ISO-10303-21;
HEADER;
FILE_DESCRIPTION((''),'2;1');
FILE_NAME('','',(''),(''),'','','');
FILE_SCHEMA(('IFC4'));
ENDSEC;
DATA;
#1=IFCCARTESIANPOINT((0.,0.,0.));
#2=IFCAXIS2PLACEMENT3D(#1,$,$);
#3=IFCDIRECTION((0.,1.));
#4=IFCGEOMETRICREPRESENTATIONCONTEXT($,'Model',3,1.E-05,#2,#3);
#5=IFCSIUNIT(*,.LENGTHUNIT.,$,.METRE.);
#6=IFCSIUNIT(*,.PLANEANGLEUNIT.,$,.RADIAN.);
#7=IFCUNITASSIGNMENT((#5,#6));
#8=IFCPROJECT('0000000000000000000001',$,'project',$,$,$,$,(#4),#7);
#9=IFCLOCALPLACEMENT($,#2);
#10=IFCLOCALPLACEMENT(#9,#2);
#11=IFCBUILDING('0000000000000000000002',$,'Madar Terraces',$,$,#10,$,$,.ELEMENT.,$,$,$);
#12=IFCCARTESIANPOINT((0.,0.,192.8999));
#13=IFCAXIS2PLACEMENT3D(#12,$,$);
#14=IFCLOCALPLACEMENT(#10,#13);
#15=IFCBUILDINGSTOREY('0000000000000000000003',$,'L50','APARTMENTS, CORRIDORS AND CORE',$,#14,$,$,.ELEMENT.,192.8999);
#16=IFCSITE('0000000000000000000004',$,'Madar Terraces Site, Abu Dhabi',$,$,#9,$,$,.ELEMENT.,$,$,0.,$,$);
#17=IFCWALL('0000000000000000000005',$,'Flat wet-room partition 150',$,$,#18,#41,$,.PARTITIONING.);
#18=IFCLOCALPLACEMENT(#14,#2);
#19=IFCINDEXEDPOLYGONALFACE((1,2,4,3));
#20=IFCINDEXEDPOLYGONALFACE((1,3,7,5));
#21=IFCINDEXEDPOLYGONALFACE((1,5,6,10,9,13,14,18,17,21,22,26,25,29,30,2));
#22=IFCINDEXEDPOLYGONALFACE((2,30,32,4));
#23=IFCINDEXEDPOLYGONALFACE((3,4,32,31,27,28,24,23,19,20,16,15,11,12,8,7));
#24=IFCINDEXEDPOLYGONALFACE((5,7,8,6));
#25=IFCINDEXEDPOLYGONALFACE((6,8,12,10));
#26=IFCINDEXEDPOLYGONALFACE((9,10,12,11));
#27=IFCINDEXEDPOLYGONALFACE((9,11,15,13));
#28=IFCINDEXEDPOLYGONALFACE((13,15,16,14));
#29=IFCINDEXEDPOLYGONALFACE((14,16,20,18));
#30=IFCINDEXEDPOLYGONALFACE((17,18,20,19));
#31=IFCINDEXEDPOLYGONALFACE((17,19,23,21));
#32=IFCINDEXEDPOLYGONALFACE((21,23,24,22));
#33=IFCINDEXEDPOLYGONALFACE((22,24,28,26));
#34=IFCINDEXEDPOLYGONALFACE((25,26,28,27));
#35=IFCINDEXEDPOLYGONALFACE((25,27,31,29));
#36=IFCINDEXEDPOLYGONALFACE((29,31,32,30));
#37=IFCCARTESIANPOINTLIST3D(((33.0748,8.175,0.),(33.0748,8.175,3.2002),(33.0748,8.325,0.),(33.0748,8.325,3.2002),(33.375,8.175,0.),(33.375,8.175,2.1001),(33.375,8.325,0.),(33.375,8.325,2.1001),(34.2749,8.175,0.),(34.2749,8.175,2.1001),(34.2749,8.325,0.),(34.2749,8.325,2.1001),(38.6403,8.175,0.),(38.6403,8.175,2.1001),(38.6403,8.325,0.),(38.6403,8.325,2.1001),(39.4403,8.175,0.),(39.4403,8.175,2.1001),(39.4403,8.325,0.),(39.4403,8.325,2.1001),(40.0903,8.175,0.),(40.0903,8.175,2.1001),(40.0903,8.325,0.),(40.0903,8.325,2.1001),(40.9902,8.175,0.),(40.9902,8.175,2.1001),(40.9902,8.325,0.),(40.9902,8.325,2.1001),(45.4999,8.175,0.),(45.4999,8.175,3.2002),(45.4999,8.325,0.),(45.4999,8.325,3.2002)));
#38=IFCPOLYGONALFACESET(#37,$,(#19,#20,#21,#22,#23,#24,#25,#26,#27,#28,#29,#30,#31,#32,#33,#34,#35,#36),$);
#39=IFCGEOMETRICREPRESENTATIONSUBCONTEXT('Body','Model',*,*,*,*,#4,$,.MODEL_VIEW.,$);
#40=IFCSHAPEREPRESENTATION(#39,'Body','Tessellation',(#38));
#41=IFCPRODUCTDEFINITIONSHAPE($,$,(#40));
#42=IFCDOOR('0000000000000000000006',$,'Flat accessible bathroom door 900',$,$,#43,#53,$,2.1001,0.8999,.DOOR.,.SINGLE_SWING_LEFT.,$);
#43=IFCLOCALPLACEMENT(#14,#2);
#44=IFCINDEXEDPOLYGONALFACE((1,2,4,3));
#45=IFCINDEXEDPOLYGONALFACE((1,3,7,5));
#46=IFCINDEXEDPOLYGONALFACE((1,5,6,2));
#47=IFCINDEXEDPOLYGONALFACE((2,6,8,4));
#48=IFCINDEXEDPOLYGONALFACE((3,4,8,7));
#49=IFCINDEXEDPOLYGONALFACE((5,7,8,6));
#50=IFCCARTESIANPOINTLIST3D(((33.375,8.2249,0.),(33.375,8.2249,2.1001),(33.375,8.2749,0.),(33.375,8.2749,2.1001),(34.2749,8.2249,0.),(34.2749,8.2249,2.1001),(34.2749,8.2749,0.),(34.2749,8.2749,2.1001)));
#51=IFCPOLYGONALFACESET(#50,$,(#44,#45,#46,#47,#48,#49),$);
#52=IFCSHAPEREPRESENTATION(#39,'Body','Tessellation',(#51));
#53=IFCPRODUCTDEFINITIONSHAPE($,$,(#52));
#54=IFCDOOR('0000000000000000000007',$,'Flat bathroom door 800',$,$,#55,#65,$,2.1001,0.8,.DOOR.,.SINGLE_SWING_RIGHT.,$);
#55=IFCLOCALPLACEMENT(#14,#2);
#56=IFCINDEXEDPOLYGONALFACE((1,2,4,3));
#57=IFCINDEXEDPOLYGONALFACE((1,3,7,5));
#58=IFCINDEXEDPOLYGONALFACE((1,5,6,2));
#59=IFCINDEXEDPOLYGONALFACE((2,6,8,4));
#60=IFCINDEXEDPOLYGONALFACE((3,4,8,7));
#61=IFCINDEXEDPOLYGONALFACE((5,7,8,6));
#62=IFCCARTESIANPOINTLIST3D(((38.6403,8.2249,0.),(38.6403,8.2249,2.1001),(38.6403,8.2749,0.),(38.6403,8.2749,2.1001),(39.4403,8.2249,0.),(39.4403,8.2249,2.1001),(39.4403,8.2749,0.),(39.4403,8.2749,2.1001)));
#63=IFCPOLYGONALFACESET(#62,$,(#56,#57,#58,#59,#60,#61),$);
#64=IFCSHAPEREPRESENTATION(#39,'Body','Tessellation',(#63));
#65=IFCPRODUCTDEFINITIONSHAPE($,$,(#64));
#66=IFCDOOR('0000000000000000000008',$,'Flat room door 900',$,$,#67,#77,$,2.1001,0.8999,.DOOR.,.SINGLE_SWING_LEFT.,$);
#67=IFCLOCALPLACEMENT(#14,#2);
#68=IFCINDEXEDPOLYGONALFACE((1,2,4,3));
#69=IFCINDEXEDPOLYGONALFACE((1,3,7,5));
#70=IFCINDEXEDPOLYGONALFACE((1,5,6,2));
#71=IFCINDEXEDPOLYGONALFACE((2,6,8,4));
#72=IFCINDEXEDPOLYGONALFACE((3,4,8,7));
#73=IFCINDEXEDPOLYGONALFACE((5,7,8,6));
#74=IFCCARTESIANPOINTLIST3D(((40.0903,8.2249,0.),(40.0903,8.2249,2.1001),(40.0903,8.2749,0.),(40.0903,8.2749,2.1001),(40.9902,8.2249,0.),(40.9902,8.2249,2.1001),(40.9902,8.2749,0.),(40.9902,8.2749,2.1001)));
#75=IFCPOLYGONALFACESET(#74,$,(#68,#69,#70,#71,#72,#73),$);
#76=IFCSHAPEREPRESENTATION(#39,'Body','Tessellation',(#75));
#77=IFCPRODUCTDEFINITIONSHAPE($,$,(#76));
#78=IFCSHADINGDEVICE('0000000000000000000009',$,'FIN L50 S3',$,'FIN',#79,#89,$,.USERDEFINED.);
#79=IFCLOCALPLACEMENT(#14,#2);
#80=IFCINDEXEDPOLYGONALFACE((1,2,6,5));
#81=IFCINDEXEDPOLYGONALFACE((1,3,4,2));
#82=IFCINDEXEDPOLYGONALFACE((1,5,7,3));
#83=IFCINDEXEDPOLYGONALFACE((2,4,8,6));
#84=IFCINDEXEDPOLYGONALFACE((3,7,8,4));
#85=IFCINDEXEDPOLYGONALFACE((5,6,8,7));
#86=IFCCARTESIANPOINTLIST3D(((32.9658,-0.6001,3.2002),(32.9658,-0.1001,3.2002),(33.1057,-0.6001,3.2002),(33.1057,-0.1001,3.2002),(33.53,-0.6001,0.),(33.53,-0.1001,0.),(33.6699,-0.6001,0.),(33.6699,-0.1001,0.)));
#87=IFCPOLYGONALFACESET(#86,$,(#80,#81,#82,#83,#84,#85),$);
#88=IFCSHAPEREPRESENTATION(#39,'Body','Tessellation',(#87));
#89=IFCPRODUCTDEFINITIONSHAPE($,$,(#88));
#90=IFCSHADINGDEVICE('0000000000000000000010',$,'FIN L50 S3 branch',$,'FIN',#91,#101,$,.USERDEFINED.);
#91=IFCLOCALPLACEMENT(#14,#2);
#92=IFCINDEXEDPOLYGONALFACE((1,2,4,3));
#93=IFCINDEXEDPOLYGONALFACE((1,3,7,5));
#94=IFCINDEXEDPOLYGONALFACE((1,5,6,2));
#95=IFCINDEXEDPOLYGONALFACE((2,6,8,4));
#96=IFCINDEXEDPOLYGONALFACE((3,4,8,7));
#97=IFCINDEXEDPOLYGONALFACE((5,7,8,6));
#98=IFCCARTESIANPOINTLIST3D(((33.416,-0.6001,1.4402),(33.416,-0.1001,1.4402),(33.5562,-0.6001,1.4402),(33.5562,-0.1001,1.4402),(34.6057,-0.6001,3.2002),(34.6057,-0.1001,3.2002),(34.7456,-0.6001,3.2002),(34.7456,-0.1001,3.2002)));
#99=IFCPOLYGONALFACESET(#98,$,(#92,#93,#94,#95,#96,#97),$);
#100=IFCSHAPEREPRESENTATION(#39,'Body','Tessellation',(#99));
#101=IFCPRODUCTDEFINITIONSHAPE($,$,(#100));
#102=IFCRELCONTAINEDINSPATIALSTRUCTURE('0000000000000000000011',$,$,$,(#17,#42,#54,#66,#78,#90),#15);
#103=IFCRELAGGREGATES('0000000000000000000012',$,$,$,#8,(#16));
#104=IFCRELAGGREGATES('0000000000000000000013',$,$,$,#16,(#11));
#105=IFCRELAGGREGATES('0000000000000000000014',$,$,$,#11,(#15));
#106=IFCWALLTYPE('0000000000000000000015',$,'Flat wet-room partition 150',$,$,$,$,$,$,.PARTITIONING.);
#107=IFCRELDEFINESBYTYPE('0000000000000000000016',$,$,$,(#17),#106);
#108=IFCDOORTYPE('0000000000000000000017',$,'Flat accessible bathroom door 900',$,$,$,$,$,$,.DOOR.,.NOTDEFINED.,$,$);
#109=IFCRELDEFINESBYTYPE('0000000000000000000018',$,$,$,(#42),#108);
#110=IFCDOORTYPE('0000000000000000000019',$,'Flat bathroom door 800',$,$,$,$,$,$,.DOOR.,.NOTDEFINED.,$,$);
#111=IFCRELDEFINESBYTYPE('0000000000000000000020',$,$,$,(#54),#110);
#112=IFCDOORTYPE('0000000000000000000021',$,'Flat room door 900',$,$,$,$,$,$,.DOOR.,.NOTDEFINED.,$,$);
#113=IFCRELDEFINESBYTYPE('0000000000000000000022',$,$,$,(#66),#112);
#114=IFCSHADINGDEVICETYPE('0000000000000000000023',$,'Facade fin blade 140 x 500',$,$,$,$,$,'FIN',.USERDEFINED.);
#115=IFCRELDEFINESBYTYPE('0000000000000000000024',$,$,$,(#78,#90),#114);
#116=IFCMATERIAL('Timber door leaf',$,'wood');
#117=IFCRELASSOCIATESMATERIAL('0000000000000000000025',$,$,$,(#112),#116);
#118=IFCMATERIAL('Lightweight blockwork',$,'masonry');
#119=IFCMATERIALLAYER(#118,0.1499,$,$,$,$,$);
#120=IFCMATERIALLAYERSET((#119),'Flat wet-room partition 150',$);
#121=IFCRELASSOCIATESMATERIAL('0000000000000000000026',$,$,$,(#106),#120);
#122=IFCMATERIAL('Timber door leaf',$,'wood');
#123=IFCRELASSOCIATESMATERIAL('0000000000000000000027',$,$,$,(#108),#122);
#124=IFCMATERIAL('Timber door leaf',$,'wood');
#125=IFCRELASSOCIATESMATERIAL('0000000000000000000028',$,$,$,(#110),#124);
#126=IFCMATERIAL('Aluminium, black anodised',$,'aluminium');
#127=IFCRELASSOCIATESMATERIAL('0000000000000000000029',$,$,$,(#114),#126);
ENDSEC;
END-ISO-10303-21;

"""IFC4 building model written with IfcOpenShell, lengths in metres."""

from ifc_helpers import new_model, si_unit, direction, frame, frame_2d, origin, place, context, subcontext, project, spatial, polyline, rectangle, outline, extrude, material, layer, layer_set, type_object, element, fill, save


model = new_model("IFC4")

# Units and contexts
model_context = context("Model", 3, precision=1e-05, world=origin(), true_north=direction((0.0, 1.0)))
body_context = subcontext(model_context, "Body", "Model", "MODEL_VIEW")
ifc_project = project(units=[si_unit("LENGTHUNIT", "METRE"), si_unit("PLANEANGLEUNIT", "RADIAN")], contexts=[model_context])

# Site, building, storey
site_placement = place(None, origin())
site = spatial("IfcSite", under=ifc_project, at=site_placement, Name="Madar Terraces Site, Abu Dhabi", CompositionType="ELEMENT", RefElevation=0.0)
building_placement = place(site_placement, origin())
building = spatial("IfcBuilding", under=site, at=building_placement, Name="Madar Terraces", CompositionType="ELEMENT")
storey_placement = place(building_placement, frame((0.0, 0.0, 192.8999)))
storey = spatial("IfcBuildingStorey", under=building, at=storey_placement, Name="L50", Description="APARTMENTS, CORRIDORS AND CORE", CompositionType="ELEMENT", Elevation=192.8999)

# Wall, openings, doors
ifc_material_1 = material(Name="Timber door leaf", Category="wood")
door_type_1 = type_object("IfcDoorType", Name="Flat room door 900", OperationType="NOTDEFINED", PredefinedType="DOOR", material=ifc_material_1)
ifc_material_2 = material(Name="Lightweight blockwork", Category="masonry")
ifc_layer_1 = layer(ifc_material_2, 0.1499)
ifc_layer_set_1 = layer_set([ifc_layer_1], Name="Flat wet-room partition 150")
wall_type_1 = type_object("IfcWallType", Name="Flat wet-room partition 150", PredefinedType="PARTITIONING", material=ifc_layer_set_1)
wall_1_placement = place(storey_placement, frame((33.075, 8.25, 0.0), z_axis=(0.0, 0.0, 1.0), x_axis=(1.0, 0.0, 0.0)))
wall_1 = element("IfcWall", 1, at=wall_1_placement, inside=storey, type_object=wall_type_1, Name="Flat wet-room partition 150", PredefinedType="PARTITIONING", context=body_context, shape_type="SweptSolid", body=[
    extrude(rectangle(XDim=12.425, YDim=0.1499, at=frame_2d((6.2124, 0.0))), origin(), (0.0, 0.0, 1.0), 3.2002),
])
opening_1_placement = place(wall_1_placement, frame((0.3, 0.0, 0.0)))
opening_1 = element("IfcOpeningElement", 2, at=opening_1_placement, cuts=wall_1, PredefinedType="OPENING", context=body_context, shape_type="SweptSolid", body=[
    extrude(rectangle(XDim=0.8999, YDim=2.1001, at=frame_2d((0.45, 1.05))), frame((0.0, 0.085, 0.0), z_axis=(0.0, -1.0, 0.0), x_axis=(1.0, 0.0, 0.0)), (0.0, 0.0, 1.0), 0.1699),
])
opening_2_placement = place(wall_1_placement, frame((5.5654, 0.0, 0.0)))
opening_2 = element("IfcOpeningElement", 3, at=opening_2_placement, cuts=wall_1, PredefinedType="OPENING", context=body_context, shape_type="SweptSolid", body=[
    extrude(rectangle(XDim=0.8, YDim=2.1001, at=frame_2d((0.3999, 1.05))), frame((0.0, 0.085, 0.0), z_axis=(0.0, -1.0, 0.0), x_axis=(1.0, 0.0, 0.0)), (0.0, 0.0, 1.0), 0.1699),
])
opening_3_placement = place(wall_1_placement, frame((7.0154, 0.0, 0.0)))
opening_3 = element("IfcOpeningElement", 4, at=opening_3_placement, cuts=wall_1, PredefinedType="OPENING", context=body_context, shape_type="SweptSolid", body=[
    extrude(rectangle(XDim=0.8999, YDim=2.1001, at=frame_2d((0.45, 1.05))), frame((0.0, 0.085, 0.0), z_axis=(0.0, -1.0, 0.0), x_axis=(1.0, 0.0, 0.0)), (0.0, 0.0, 1.0), 0.1699),
])
ifc_material_3 = material(Name="Timber door leaf", Category="wood")
door_type_2 = type_object("IfcDoorType", Name="Flat accessible bathroom door 900", OperationType="NOTDEFINED", PredefinedType="DOOR", material=ifc_material_3)
door_1_placement = place(opening_1_placement, origin())
door_1 = element("IfcDoor", 5, at=door_1_placement, inside=storey, type_object=door_type_2, Name="Flat accessible bathroom door 900", OperationType="SINGLE_SWING_LEFT", OverallHeight=2.1001, OverallWidth=0.8999, PredefinedType="DOOR", context=body_context, shape_type="SweptSolid", body=[
    extrude(rectangle(XDim=0.8999, YDim=2.1001, at=frame_2d((0.45, 1.05))), frame((0.0, 0.0249, 0.0), z_axis=(0.0, -1.0, 0.0), x_axis=(1.0, 0.0, 0.0)), (0.0, 0.0, 1.0), 0.05),
])
fill(opening_1, door_1)
ifc_material_4 = material(Name="Timber door leaf", Category="wood")
door_type_3 = type_object("IfcDoorType", Name="Flat bathroom door 800", OperationType="NOTDEFINED", PredefinedType="DOOR", material=ifc_material_4)
door_2_placement = place(opening_2_placement, origin())
door_2 = element("IfcDoor", 6, at=door_2_placement, inside=storey, type_object=door_type_3, Name="Flat bathroom door 800", OperationType="SINGLE_SWING_RIGHT", OverallHeight=2.1001, OverallWidth=0.8, PredefinedType="DOOR", context=body_context, shape_type="SweptSolid", body=[
    extrude(rectangle(XDim=0.8, YDim=2.1001, at=frame_2d((0.3999, 1.05))), frame((0.0, 0.0249, 0.0), z_axis=(0.0, -1.0, 0.0), x_axis=(1.0, 0.0, 0.0)), (0.0, 0.0, 1.0), 0.05),
])
fill(opening_2, door_2)
door_3_placement = place(opening_3_placement, origin())
door_3 = element("IfcDoor", 7, at=door_3_placement, inside=storey, type_object=door_type_1, Name="Flat room door 900", OperationType="SINGLE_SWING_LEFT", OverallHeight=2.1001, OverallWidth=0.8999, PredefinedType="DOOR", context=body_context, shape_type="SweptSolid", body=[
    extrude(rectangle(XDim=0.8999, YDim=2.1001, at=frame_2d((0.45, 1.05))), frame((0.0, 0.0249, 0.0), z_axis=(0.0, -1.0, 0.0), x_axis=(1.0, 0.0, 0.0)), (0.0, 0.0, 1.0), 0.05),
])
fill(opening_3, door_3)

# Shading devices
ifc_material_5 = material(Name="Aluminium, black anodised", Category="aluminium")
shading_device_type = type_object("IfcShadingDeviceType", Name="Facade fin blade 140 x 500", ElementType="FIN", PredefinedType="USERDEFINED", material=ifc_material_5)
shading_device_1_placement = place(storey_placement, frame((33.53, -0.3501, 0.0), z_axis=(0.0, 0.0, 1.0), x_axis=(1.0, 0.0, 0.0)))
element("IfcShadingDevice", 8, at=shading_device_1_placement, inside=storey, type_object=shading_device_type, Name="FIN L50 S3", ObjectType="FIN", PredefinedType="USERDEFINED", context=body_context, shape_type="SweptSolid", body=[
    extrude(outline(polyline([(0.0, 0.0), (0.1399, 0.0), (-0.4243, 3.2002), (-0.5642, 3.2002), (0.0, 0.0)])), frame((0.0, 0.25, 0.0), z_axis=(0.0, -1.0, 0.0), x_axis=(1.0, 0.0, 0.0)), (0.0, 0.0, 1.0), 0.5),
])
shading_device_2_placement = place(storey_placement, frame((33.416, -0.3501, 1.4402), z_axis=(0.0, 0.0, 1.0), x_axis=(1.0, 0.0, 0.0)))
element("IfcShadingDevice", 9, at=shading_device_2_placement, inside=storey, type_object=shading_device_type, Name="FIN L50 S3 branch", ObjectType="FIN", PredefinedType="USERDEFINED", context=body_context, shape_type="SweptSolid", body=[
    extrude(outline(polyline([(0.0, 0.0), (0.1401, 0.0), (1.3296, 1.76), (1.1897, 1.76), (0.0, 0.0)])), frame((0.0, 0.25, 0.0), z_axis=(0.0, -1.0, 0.0), x_axis=(1.0, 0.0, 0.0)), (0.0, 0.0, 1.0), 0.5),
])

save(model, "model.ifc")
